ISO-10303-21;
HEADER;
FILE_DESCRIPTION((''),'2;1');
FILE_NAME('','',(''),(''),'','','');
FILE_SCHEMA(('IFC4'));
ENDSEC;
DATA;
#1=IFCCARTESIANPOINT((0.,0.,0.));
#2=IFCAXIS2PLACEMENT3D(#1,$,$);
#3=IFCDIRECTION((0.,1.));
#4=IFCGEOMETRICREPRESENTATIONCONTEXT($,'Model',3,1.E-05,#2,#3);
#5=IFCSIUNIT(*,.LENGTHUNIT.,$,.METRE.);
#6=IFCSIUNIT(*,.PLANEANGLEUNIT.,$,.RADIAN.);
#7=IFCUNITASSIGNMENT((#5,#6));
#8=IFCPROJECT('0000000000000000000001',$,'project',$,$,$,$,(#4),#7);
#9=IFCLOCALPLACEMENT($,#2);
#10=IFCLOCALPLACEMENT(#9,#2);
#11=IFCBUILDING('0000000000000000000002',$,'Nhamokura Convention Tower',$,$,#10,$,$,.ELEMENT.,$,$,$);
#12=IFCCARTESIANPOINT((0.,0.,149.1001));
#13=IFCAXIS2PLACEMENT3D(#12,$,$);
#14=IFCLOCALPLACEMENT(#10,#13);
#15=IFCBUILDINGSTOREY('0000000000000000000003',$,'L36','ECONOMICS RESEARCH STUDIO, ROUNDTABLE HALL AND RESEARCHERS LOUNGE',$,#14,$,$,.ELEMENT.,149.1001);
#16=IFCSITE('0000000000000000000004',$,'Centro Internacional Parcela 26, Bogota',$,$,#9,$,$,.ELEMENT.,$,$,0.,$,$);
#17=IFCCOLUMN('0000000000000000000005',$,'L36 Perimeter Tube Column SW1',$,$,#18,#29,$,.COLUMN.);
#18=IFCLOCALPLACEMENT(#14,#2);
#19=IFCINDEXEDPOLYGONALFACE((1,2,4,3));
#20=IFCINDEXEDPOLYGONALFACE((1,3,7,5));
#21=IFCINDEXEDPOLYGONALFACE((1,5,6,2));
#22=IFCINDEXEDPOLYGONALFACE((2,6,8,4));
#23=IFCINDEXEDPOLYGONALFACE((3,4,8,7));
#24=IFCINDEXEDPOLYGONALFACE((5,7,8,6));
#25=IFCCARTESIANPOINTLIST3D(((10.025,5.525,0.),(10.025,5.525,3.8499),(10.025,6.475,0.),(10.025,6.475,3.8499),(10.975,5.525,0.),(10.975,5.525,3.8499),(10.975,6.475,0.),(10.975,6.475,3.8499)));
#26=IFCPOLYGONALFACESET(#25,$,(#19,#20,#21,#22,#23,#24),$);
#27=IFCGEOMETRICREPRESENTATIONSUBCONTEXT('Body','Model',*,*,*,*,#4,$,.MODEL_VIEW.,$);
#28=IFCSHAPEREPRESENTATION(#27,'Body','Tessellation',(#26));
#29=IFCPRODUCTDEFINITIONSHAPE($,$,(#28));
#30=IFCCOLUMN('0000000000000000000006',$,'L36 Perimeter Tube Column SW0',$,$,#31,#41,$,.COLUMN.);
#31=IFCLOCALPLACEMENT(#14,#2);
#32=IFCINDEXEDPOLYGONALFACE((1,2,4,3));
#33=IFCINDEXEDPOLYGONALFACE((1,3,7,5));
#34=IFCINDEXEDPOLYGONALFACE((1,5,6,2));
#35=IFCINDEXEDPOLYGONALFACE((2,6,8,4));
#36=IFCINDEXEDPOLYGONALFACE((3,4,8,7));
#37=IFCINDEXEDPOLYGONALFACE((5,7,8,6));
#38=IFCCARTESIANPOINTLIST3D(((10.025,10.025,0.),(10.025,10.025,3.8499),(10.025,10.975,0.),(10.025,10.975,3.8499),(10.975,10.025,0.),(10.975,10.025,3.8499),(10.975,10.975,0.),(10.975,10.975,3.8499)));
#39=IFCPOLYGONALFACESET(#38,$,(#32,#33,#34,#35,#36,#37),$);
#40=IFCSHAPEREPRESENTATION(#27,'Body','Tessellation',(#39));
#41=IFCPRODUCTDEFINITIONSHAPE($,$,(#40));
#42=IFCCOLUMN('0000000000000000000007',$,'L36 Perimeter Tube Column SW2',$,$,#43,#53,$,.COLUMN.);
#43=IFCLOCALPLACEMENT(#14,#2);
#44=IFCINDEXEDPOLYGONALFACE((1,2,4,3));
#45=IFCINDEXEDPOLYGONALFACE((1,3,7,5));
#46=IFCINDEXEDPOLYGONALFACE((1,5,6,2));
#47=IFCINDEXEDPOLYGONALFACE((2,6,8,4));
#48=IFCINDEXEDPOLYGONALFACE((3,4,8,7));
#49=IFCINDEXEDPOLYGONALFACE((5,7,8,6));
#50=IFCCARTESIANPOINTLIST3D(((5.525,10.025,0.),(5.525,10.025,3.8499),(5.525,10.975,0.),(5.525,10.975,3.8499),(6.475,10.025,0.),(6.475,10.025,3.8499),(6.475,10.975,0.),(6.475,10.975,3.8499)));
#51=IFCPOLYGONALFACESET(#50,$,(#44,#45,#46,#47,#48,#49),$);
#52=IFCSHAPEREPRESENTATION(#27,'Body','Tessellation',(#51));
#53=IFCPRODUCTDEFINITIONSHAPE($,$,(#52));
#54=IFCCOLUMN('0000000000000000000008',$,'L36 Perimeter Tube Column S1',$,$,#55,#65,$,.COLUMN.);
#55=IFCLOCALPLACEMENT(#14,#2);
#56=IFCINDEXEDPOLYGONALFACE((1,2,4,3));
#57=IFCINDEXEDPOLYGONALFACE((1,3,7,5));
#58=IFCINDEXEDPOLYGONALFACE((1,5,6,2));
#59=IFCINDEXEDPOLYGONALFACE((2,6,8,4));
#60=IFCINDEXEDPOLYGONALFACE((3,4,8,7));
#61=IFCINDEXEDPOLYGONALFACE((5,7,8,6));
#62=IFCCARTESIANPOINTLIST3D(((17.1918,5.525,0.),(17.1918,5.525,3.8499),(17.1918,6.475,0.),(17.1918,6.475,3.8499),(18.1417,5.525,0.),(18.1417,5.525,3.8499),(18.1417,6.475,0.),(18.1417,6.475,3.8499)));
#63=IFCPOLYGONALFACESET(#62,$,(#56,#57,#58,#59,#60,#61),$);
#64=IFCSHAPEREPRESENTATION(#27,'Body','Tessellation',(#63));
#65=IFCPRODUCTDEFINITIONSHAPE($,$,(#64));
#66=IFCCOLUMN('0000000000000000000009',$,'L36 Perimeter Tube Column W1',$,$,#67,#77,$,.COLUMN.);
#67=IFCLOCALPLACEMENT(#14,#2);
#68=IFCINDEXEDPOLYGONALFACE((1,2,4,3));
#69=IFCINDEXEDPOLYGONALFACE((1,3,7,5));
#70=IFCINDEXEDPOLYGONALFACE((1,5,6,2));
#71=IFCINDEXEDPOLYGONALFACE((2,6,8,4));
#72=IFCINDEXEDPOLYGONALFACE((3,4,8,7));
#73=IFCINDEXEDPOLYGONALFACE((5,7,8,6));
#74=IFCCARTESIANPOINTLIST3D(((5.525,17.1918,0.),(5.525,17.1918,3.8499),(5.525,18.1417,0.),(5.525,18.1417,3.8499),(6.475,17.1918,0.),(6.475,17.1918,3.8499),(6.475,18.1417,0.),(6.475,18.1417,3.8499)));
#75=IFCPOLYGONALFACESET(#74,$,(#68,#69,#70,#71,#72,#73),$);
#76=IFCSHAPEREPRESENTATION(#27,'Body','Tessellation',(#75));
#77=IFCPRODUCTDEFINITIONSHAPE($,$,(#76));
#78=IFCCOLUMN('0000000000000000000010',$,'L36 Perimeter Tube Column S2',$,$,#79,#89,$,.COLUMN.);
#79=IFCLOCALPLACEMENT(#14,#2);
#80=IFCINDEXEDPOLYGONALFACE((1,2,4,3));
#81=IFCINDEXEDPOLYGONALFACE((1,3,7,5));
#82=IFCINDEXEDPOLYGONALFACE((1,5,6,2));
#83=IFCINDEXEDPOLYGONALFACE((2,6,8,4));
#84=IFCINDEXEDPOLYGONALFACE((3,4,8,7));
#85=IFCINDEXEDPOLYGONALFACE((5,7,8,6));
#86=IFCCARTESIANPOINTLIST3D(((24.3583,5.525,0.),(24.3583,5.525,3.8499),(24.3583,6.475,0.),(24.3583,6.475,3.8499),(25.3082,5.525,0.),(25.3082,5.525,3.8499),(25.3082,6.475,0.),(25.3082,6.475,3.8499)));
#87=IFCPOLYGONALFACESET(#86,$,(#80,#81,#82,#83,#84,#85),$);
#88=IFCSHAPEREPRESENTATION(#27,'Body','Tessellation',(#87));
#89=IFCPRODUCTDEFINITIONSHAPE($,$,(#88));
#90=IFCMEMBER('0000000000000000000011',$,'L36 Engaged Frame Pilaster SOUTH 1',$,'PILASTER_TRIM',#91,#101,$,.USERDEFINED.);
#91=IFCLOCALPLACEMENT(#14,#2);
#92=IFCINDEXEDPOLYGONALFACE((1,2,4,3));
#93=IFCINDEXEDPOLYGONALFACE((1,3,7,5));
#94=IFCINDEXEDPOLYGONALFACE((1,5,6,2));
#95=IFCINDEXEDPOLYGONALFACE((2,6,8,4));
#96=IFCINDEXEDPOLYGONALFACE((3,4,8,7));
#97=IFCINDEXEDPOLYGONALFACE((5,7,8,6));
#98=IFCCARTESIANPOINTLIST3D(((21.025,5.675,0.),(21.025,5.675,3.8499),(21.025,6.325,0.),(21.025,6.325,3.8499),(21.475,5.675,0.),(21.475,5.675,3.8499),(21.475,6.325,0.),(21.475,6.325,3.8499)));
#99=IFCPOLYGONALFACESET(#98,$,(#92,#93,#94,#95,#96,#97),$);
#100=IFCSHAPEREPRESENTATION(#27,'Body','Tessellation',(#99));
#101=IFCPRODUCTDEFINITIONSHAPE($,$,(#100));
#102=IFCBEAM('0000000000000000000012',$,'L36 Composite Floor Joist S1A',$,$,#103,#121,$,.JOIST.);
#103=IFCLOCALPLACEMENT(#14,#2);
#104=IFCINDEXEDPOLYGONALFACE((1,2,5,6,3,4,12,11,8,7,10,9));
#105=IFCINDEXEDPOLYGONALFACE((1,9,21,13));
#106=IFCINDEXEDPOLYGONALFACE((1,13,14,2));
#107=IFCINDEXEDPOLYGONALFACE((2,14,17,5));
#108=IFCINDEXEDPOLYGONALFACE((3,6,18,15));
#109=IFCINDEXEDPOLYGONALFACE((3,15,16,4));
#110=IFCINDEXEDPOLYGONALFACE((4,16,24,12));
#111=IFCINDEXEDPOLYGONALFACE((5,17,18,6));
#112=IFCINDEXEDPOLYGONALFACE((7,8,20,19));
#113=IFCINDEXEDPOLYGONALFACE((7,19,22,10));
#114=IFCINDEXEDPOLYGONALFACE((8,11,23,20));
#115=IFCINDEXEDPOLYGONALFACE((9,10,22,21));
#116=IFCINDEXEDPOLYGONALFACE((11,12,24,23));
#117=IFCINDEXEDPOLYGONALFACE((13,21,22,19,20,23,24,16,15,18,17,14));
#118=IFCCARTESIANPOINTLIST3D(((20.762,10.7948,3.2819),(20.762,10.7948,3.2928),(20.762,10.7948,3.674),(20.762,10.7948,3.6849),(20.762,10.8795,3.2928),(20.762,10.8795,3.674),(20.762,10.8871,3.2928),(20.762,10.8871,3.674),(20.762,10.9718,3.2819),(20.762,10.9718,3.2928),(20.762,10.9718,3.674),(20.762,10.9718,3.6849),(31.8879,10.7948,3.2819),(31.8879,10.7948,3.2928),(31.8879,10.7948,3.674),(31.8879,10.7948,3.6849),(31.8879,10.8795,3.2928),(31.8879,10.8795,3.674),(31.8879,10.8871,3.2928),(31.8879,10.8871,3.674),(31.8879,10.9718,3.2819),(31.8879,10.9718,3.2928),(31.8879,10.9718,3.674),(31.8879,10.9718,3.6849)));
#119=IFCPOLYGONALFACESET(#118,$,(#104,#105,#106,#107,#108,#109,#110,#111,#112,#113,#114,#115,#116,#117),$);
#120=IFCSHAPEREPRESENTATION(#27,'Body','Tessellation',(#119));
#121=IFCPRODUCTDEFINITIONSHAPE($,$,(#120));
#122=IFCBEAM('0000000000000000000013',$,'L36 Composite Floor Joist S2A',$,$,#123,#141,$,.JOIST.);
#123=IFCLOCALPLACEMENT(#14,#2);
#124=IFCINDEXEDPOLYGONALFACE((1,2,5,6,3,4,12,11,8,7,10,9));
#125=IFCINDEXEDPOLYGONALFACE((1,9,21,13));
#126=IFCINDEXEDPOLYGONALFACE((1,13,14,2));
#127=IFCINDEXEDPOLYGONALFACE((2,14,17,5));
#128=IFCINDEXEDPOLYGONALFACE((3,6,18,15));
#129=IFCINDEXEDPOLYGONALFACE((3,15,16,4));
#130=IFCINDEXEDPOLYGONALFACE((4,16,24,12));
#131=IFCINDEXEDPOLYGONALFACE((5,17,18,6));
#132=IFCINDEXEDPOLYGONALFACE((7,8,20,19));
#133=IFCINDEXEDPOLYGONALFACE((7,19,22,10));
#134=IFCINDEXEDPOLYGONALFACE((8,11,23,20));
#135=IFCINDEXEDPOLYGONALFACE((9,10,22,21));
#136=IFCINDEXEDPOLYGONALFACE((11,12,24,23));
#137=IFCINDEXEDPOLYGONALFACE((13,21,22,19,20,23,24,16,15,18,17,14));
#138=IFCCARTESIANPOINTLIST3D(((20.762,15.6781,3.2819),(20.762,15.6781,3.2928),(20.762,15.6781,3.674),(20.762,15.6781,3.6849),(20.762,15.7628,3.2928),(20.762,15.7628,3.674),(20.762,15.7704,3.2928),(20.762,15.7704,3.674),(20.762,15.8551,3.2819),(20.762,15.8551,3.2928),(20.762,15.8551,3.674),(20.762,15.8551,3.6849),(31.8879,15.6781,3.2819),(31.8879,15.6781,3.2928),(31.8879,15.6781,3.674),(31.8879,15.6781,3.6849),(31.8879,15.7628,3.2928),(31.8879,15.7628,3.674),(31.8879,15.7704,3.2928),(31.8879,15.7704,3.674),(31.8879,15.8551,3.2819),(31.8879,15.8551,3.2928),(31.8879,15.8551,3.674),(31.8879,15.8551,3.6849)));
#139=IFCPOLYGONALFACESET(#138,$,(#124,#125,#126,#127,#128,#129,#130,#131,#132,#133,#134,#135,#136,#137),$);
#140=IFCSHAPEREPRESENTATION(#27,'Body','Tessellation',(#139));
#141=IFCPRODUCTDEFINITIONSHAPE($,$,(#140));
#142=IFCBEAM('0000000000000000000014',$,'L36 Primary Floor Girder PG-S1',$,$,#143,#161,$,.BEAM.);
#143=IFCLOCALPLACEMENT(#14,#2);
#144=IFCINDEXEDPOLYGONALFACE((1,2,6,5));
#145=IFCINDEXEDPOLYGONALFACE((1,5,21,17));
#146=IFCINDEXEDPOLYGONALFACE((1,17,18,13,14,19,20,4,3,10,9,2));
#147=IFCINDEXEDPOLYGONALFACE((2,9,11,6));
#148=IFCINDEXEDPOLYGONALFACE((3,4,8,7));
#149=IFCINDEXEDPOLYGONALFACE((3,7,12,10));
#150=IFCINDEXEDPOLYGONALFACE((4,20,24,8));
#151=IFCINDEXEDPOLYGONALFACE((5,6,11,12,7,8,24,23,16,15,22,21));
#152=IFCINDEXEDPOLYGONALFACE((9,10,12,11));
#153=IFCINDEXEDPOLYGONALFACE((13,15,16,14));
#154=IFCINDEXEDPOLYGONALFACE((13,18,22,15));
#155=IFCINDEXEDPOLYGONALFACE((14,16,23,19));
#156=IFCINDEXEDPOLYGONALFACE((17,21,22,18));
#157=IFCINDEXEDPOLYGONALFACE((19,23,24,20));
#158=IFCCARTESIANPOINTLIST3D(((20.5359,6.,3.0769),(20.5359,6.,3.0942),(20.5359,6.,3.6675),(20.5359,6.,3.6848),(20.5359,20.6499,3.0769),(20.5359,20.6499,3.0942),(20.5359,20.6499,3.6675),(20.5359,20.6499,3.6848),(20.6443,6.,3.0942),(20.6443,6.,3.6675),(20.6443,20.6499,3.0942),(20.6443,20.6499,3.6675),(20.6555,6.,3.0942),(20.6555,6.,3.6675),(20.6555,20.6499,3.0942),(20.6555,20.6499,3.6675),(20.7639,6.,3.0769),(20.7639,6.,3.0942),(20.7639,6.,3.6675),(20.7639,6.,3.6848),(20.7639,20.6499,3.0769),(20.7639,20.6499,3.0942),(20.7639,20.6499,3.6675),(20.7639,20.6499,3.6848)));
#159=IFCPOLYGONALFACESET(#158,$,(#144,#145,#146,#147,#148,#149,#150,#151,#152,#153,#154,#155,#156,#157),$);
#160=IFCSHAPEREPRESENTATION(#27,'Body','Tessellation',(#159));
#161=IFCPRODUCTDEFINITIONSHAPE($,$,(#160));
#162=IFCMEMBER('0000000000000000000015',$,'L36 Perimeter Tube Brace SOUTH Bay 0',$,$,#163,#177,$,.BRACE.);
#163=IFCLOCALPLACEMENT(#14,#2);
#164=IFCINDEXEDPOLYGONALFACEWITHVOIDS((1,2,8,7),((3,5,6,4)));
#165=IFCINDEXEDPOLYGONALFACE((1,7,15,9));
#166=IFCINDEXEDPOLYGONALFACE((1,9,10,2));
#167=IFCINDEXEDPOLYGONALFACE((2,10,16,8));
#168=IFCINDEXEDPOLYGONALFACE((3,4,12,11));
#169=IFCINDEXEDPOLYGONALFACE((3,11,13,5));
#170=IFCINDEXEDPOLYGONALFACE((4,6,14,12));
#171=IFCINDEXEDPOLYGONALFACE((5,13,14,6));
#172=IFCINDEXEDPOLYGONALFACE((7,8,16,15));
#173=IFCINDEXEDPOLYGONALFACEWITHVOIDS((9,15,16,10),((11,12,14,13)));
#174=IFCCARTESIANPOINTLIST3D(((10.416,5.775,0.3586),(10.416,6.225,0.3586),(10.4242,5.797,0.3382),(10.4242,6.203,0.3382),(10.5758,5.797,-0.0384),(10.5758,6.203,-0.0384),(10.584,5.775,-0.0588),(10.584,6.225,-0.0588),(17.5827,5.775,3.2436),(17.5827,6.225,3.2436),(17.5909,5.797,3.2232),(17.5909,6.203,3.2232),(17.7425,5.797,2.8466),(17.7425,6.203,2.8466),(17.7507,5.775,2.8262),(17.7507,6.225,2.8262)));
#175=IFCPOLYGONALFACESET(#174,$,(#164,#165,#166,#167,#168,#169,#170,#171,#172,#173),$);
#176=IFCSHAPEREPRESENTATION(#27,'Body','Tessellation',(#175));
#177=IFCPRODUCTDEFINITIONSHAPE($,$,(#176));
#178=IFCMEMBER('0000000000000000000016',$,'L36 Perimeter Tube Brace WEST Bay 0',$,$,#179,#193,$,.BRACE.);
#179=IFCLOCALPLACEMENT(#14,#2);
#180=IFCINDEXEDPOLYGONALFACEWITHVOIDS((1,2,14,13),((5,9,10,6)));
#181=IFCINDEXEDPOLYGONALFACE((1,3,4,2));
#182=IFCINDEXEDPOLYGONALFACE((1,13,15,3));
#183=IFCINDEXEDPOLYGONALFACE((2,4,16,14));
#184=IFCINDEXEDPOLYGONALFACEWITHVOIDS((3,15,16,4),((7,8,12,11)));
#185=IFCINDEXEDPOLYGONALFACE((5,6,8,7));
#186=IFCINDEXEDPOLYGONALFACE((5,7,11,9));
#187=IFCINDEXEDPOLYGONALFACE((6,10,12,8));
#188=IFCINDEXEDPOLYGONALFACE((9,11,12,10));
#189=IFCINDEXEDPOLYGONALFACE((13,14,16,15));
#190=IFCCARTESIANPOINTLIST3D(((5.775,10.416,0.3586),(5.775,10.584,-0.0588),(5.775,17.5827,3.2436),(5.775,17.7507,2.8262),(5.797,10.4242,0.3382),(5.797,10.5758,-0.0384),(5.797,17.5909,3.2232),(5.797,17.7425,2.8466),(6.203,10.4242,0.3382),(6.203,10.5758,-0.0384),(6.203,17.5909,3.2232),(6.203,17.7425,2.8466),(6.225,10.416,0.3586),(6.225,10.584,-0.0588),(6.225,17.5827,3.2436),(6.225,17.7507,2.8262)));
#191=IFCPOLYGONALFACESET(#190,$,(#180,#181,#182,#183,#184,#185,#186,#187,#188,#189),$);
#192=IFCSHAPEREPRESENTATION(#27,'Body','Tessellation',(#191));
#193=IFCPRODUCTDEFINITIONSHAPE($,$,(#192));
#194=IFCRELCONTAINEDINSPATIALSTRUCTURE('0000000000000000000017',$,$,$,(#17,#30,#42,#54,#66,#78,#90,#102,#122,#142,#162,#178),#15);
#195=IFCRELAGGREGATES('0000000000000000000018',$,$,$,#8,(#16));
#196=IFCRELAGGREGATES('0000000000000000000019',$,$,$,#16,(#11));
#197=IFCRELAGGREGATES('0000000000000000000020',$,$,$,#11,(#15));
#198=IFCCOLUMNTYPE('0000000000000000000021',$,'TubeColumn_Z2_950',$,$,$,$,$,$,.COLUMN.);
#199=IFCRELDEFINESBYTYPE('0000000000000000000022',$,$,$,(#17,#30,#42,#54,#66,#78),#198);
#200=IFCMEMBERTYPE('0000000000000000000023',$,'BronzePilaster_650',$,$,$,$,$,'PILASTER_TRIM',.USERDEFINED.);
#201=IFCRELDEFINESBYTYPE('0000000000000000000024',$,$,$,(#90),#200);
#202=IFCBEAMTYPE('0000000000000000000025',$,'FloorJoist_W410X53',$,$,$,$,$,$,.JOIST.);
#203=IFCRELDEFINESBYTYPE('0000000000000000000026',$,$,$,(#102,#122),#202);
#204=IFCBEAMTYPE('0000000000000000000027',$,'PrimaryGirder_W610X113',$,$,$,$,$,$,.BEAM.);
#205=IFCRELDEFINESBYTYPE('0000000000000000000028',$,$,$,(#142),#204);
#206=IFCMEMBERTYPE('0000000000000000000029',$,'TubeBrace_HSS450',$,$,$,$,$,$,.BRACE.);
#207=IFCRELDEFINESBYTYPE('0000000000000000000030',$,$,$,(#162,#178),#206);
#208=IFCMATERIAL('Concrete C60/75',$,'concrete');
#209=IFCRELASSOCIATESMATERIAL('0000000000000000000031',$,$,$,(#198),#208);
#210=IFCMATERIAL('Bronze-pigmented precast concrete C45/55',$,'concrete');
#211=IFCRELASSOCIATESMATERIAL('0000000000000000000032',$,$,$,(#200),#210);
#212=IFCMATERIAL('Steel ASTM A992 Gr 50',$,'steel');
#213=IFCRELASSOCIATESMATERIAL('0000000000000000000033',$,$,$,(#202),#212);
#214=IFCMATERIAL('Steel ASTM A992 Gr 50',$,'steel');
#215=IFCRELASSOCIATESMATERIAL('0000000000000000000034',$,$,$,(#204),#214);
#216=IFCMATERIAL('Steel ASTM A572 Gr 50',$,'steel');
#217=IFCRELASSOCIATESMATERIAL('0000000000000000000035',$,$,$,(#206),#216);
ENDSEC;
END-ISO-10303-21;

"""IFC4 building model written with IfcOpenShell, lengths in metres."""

from ifc_helpers import new_model, si_unit, direction, frame, origin, origin_2d, place, context, subcontext, project, spatial, rectangle, hollow_rectangle, i_section, extrude, material, material_profile, profile_set, type_object, element, save


model = new_model("IFC4")

# Units and contexts
model_context = context("Model", 3, precision=1e-05, world=origin(), true_north=direction((0.0, 1.0)))
body_context = subcontext(model_context, "Body", "Model", "MODEL_VIEW")
ifc_project = project(units=[si_unit("LENGTHUNIT", "METRE"), si_unit("PLANEANGLEUNIT", "RADIAN")], contexts=[model_context])

# Site, building, storey
site_placement = place(None, origin())
site = spatial("IfcSite", under=ifc_project, at=site_placement, Name="Centro Internacional Parcela 26, Bogota", CompositionType="ELEMENT", RefElevation=0.0)
building_placement = place(site_placement, origin())
building = spatial("IfcBuilding", under=site, at=building_placement, Name="Nhamokura Convention Tower", CompositionType="ELEMENT")
storey_placement = place(building_placement, frame((0.0, 0.0, 149.1001)))
storey = spatial("IfcBuildingStorey", under=building, at=storey_placement, Name="L36", Description="ECONOMICS RESEARCH STUDIO, ROUNDTABLE HALL AND RESEARCHERS LOUNGE", CompositionType="ELEMENT", Elevation=149.1001)

# Columns
ifc_material_1 = material(Name="Concrete C60/75", Category="concrete")
ifc_material_profile_1 = material_profile(ifc_material_1, rectangle(XDim=0.95, YDim=0.95, at=origin_2d()))
ifc_profile_set_1 = profile_set([ifc_material_profile_1], Name="Concrete C60/75")
column_type = type_object("IfcColumnType", Name="TubeColumn_Z2_950", PredefinedType="COLUMN", material=ifc_profile_set_1)
for number, where, z_axis, x_axis, name in (
    (1, (10.5, 6.0, 0.0), (0.0, 0.0, 1.0), (1.0, 0.0, 0.0), "L36 Perimeter Tube Column SW1"),
    (2, (10.5, 10.5, 0.0), (0.0, 0.0, 1.0), (1.0, 0.0, 0.0), "L36 Perimeter Tube Column SW0"),
    (3, (6.0, 10.5, 0.0), (0.0, 0.0, 1.0), (1.0, 0.0, 0.0), "L36 Perimeter Tube Column SW2"),
    (4, (17.6667, 6.0, 0.0), (0.0, 0.0, 1.0), (1.0, 0.0, 0.0), "L36 Perimeter Tube Column S1"),
    (5, (6.0, 17.6667, 0.0), (0.0, 0.0, 1.0), (1.0, 0.0, 0.0), "L36 Perimeter Tube Column W1"),
    (6, (24.8333, 6.0, 0.0), (0.0, 0.0, 1.0), (1.0, 0.0, 0.0), "L36 Perimeter Tube Column S2"),
):
    element("IfcColumn", number, at=place(storey_placement, frame(where, z_axis=z_axis, x_axis=x_axis)), inside=storey, type_object=column_type, Name=name, PredefinedType="COLUMN", context=body_context, shape_type="SweptSolid", body=[
        extrude(rectangle(XDim=0.95, YDim=0.95, at=origin_2d()), origin(), (0.0, 0.0, 1.0), 3.8499),
    ])

# Member
ifc_material_2 = material(Name="Bronze-pigmented precast concrete C45/55", Category="concrete")
ifc_material_profile_2 = material_profile(ifc_material_2, rectangle(XDim=0.45, YDim=0.6499, at=origin_2d()))
ifc_profile_set_2 = profile_set([ifc_material_profile_2], Name="Bronze-pigmented precast concrete C45/55")
member_type_1 = type_object("IfcMemberType", Name="BronzePilaster_650", ElementType="PILASTER_TRIM", PredefinedType="USERDEFINED", material=ifc_profile_set_2)
member_placement = place(storey_placement, frame((21.25, 6.0, 0.0), z_axis=(0.0, 0.0, 1.0), x_axis=(1.0, 0.0, 0.0)))
element("IfcMember", 7, at=member_placement, inside=storey, type_object=member_type_1, Name="L36 Engaged Frame Pilaster SOUTH 1", ObjectType="PILASTER_TRIM", PredefinedType="USERDEFINED", context=body_context, shape_type="SweptSolid", body=[
    extrude(rectangle(XDim=0.45, YDim=0.6499, at=origin_2d()), origin(), (0.0, 0.0, 1.0), 3.8499),
])

# Beams
ifc_material_3 = material(Name="Steel ASTM A992 Gr 50", Category="steel")
ifc_material_profile_3 = material_profile(ifc_material_3, i_section(OverallWidth=0.177, OverallDepth=0.4031, WebThickness=0.0076, FlangeThickness=0.011, at=origin_2d()))
ifc_profile_set_3 = profile_set([ifc_material_profile_3], Name="Steel ASTM A992 Gr 50")
beam_type_1 = type_object("IfcBeamType", Name="FloorJoist_W410X53", PredefinedType="JOIST", material=ifc_profile_set_3)
for number, where, z_axis, x_axis, name in (
    (8, (20.762, 10.8833, 3.4834), (1.0, 0.0, 0.0), (0.0, 1.0, 0.0), "L36 Composite Floor Joist S1A"),
    (9, (20.762, 15.7666, 3.4834), (1.0, 0.0, 0.0), (0.0, 1.0, 0.0), "L36 Composite Floor Joist S2A"),
):
    element("IfcBeam", number, at=place(storey_placement, frame(where, z_axis=z_axis, x_axis=x_axis)), inside=storey, type_object=beam_type_1, Name=name, PredefinedType="JOIST", context=body_context, shape_type="SweptSolid", body=[
        extrude(i_section(OverallWidth=0.177, OverallDepth=0.4031, WebThickness=0.0076, FlangeThickness=0.011, at=origin_2d()), origin(), (0.0, 0.0, 1.0), 11.126),
    ])
ifc_material_4 = material(Name="Steel ASTM A992 Gr 50", Category="steel")
ifc_material_profile_4 = material_profile(ifc_material_4, i_section(OverallWidth=0.228, OverallDepth=0.6079, WebThickness=0.0112, FlangeThickness=0.0173, at=origin_2d()))
ifc_profile_set_4 = profile_set([ifc_material_profile_4], Name="Steel ASTM A992 Gr 50")
beam_type_2 = type_object("IfcBeamType", Name="PrimaryGirder_W610X113", PredefinedType="BEAM", material=ifc_profile_set_4)
beam_1_placement = place(storey_placement, frame((20.6499, 6.0, 3.3809), z_axis=(0.0, 1.0, 0.0), x_axis=(-1.0, 0.0, 0.0)))
element("IfcBeam", 10, at=beam_1_placement, inside=storey, type_object=beam_type_2, Name="L36 Primary Floor Girder PG-S1", PredefinedType="BEAM", context=body_context, shape_type="SweptSolid", body=[
    extrude(i_section(OverallWidth=0.228, OverallDepth=0.6079, WebThickness=0.0112, FlangeThickness=0.0173, at=origin_2d()), origin(), (0.0, 0.0, 1.0), 14.6499),
])

# Members
ifc_material_5 = material(Name="Steel ASTM A572 Gr 50", Category="steel")
ifc_material_profile_5 = material_profile(ifc_material_5, hollow_rectangle(XDim=0.45, YDim=0.45, WallThickness=0.022, at=origin_2d()))
ifc_profile_set_5 = profile_set([ifc_material_profile_5], Name="Steel ASTM A572 Gr 50")
member_type_2 = type_object("IfcMemberType", Name="TubeBrace_HSS450", PredefinedType="BRACE", material=ifc_profile_set_5)
for number, where, z_axis, x_axis, name in (
    (11, (10.5, 6.0, 0.1499), (0.927657, 0.0, 0.373433), (0.0, 1.0, 0.0), "L36 Perimeter Tube Brace SOUTH Bay 0"),
    (12, (6.0, 10.5, 0.1499), (0.0, 0.927657, 0.373433), (-1.0, 0.0, 0.0), "L36 Perimeter Tube Brace WEST Bay 0"),
):
    element("IfcMember", number, at=place(storey_placement, frame(where, z_axis=z_axis, x_axis=x_axis)), inside=storey, type_object=member_type_2, Name=name, PredefinedType="BRACE", context=body_context, shape_type="SweptSolid", body=[
        extrude(hollow_rectangle(XDim=0.45, YDim=0.45, WallThickness=0.022, at=origin_2d()), origin(), (0.0, 0.0, 1.0), 7.7256),
    ])

save(model, "model.ifc")
